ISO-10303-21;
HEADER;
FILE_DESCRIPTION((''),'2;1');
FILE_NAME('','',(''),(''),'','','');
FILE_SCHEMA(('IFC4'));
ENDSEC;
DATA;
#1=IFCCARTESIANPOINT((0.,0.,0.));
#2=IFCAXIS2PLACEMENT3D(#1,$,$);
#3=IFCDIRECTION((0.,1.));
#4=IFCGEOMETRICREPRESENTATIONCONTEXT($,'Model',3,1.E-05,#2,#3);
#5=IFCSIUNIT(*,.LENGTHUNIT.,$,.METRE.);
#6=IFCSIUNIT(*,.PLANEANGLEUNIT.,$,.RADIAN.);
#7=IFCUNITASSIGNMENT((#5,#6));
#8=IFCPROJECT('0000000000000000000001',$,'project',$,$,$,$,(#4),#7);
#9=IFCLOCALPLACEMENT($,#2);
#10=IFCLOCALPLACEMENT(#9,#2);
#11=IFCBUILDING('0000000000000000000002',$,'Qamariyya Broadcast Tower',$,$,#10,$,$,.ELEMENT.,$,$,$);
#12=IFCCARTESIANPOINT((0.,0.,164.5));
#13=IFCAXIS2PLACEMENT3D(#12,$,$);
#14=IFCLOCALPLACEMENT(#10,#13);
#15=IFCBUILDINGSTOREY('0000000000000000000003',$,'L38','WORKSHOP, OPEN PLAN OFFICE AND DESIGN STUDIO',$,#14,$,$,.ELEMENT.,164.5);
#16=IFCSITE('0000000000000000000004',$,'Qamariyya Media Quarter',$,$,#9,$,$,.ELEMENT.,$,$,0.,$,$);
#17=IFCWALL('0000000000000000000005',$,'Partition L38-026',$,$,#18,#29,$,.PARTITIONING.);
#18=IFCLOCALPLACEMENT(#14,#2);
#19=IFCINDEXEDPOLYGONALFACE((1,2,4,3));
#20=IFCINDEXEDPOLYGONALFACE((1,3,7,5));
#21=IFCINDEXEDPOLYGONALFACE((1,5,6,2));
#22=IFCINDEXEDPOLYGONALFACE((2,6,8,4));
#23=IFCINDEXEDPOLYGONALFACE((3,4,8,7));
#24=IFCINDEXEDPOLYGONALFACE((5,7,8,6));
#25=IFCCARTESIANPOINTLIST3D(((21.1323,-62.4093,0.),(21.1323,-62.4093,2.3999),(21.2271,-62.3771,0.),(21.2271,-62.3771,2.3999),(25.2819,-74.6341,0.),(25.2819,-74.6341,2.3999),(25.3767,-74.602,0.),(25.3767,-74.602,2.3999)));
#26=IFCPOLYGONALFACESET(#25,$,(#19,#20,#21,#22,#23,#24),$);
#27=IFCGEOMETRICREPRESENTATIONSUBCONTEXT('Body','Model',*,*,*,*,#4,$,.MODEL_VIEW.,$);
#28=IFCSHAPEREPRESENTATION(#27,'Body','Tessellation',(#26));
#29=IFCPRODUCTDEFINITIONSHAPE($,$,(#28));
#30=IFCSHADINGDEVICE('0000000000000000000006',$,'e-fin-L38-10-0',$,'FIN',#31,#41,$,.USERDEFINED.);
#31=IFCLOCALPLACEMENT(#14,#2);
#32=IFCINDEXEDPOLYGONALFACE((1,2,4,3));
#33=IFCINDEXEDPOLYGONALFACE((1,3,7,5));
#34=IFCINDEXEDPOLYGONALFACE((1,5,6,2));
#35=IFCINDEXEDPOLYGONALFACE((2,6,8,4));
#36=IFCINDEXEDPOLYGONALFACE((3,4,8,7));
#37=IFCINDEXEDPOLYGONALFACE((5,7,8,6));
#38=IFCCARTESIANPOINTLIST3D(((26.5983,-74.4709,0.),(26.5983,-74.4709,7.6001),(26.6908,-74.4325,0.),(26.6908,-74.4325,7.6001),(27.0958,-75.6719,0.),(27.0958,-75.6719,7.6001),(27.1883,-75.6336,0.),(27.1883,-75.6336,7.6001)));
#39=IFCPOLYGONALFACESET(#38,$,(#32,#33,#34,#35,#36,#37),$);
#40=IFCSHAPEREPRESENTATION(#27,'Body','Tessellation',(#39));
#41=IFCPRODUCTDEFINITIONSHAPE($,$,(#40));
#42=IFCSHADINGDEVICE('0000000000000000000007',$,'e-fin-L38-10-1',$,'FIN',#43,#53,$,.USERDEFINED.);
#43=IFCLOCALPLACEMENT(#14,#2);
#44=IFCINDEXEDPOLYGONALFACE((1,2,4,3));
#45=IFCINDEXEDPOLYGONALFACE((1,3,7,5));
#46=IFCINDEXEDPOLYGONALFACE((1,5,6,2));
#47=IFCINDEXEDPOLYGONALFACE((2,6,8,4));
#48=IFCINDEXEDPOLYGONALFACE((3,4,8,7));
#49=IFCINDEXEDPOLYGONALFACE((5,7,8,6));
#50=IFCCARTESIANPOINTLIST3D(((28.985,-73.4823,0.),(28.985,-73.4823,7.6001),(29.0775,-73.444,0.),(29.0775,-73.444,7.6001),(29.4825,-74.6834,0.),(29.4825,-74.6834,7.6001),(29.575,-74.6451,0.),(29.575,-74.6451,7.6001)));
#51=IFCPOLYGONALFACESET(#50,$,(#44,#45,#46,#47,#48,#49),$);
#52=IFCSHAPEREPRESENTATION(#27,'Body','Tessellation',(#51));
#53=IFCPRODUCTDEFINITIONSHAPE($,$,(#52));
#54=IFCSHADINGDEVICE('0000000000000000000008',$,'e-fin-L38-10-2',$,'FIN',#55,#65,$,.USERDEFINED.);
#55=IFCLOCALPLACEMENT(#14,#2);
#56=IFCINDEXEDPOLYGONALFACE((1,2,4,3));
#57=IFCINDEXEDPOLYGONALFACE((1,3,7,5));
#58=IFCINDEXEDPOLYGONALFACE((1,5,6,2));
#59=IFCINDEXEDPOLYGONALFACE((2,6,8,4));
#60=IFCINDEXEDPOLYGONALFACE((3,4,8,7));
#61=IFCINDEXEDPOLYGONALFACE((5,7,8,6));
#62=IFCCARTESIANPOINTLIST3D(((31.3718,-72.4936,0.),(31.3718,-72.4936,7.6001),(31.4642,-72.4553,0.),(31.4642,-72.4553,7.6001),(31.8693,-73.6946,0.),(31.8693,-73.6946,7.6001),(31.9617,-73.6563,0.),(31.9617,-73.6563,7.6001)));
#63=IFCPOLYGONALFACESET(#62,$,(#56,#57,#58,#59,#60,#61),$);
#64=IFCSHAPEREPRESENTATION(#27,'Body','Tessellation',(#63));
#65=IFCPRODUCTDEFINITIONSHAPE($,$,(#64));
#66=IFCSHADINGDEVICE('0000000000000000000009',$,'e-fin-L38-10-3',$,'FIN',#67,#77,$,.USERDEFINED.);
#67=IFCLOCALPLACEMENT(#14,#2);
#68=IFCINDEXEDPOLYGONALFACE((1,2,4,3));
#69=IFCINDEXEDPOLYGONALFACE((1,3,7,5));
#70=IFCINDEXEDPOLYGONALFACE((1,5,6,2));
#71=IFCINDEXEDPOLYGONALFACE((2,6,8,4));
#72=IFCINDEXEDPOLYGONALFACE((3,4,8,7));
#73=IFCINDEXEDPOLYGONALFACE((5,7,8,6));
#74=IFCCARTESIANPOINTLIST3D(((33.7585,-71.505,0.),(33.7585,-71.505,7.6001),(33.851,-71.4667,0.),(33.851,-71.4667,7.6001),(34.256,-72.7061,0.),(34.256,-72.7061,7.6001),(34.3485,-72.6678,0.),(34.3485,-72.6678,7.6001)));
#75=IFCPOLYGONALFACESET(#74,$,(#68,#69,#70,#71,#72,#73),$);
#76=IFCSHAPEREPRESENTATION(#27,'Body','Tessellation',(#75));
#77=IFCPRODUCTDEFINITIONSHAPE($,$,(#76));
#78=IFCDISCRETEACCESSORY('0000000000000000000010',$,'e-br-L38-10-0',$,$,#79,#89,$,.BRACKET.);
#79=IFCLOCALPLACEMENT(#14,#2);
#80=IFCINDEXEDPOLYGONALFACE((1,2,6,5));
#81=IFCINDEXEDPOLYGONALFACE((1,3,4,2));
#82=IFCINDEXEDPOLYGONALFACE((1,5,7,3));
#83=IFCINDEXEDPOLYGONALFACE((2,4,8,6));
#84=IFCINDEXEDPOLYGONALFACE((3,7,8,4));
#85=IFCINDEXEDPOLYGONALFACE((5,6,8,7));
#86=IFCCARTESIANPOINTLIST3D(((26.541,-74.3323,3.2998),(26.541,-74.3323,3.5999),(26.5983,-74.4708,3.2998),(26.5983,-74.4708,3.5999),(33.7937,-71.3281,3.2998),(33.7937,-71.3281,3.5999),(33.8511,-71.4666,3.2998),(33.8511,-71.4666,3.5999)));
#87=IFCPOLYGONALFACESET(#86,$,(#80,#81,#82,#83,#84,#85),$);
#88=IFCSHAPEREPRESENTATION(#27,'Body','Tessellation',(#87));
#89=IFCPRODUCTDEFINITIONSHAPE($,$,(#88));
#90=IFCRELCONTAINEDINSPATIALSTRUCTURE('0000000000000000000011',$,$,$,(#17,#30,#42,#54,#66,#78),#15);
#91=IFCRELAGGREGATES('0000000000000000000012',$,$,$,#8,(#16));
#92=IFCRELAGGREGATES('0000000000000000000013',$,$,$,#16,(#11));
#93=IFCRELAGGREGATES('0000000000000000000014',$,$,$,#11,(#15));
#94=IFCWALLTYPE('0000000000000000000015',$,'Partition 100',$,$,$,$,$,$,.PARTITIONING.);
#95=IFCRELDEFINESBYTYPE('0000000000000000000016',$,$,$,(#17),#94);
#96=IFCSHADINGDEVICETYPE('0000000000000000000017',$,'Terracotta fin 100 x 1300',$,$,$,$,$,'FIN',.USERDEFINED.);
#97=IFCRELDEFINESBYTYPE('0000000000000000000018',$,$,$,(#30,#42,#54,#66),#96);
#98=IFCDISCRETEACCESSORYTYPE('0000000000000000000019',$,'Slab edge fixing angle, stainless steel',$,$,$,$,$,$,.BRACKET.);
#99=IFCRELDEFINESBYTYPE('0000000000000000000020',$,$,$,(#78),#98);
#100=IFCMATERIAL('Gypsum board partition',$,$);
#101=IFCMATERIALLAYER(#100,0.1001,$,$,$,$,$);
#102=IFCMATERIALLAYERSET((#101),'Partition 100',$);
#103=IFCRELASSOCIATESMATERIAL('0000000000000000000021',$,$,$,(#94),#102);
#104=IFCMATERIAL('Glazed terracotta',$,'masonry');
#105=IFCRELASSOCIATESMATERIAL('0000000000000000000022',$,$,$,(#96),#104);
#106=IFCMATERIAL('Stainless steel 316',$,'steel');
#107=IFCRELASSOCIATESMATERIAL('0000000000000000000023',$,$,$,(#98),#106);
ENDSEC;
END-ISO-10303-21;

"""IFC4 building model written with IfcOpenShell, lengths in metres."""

from ifc_helpers import new_model, si_unit, direction, frame, frame_2d, origin, origin_2d, place, context, subcontext, project, spatial, rectangle, extrude, material, layer, layer_set, material_profile, profile_set, type_object, element, save


model = new_model("IFC4")

# Units and contexts
model_context = context("Model", 3, precision=1e-05, world=origin(), true_north=direction((0.0, 1.0)))
body_context = subcontext(model_context, "Body", "Model", "MODEL_VIEW")
ifc_project = project(units=[si_unit("LENGTHUNIT", "METRE"), si_unit("PLANEANGLEUNIT", "RADIAN")], contexts=[model_context])

# Site, building, storey
site_placement = place(None, origin())
site = spatial("IfcSite", under=ifc_project, at=site_placement, Name="Qamariyya Media Quarter", CompositionType="ELEMENT", RefElevation=0.0)
building_placement = place(site_placement, origin())
building = spatial("IfcBuilding", under=site, at=building_placement, Name="Qamariyya Broadcast Tower", CompositionType="ELEMENT")
storey_placement = place(building_placement, frame((0.0, 0.0, 164.5)))
storey = spatial("IfcBuildingStorey", under=building, at=storey_placement, Name="L38", Description="WORKSHOP, OPEN PLAN OFFICE AND DESIGN STUDIO", CompositionType="ELEMENT", Elevation=164.5)

# Shared definitions
ifc_material_1 = material(Name="Gypsum board partition")

# Wall
ifc_layer_1 = layer(ifc_material_1, 0.1001)
ifc_layer_set_1 = layer_set([ifc_layer_1], Name="Partition 100")
wall_type_1 = type_object("IfcWallType", Name="Partition 100", PredefinedType="PARTITIONING", material=ifc_layer_set_1)
wall_1_placement = place(storey_placement, frame((25.3293, -74.6182, 0.0), z_axis=(0.0, 0.0, 1.0), x_axis=(-0.321431, 0.946933, 0.0)))
element("IfcWall", 1, at=wall_1_placement, inside=storey, type_object=wall_type_1, Name="Partition L38-026", PredefinedType="PARTITIONING", context=body_context, shape_type="SweptSolid", body=[
    extrude(rectangle(XDim=12.9099, YDim=0.1001, at=frame_2d((6.4551, 0.0))), origin(), (0.0, 0.0, 1.0), 2.3999),
])

# Shading devices
ifc_material_2 = material(Name="Glazed terracotta", Category="masonry")
ifc_material_profile_1 = material_profile(ifc_material_2, rectangle(XDim=1.3, YDim=0.1001, at=origin_2d()))
ifc_profile_set_1 = profile_set([ifc_material_profile_1], Name="Glazed terracotta")
shading_device_type_1 = type_object("IfcShadingDeviceType", Name="Terracotta fin 100 x 1300", ElementType="FIN", PredefinedType="USERDEFINED", material=ifc_profile_set_1)
for number, where, z_axis, x_axis, name in (
    (2, (26.8933, -75.0522, 0.0), (0.0, 0.0, 1.0), (0.382683, -0.92388, 0.0), "e-fin-L38-10-0"),
    (3, (29.28, -74.0637, 0.0), (0.0, 0.0, 1.0), (0.382683, -0.92388, 0.0), "e-fin-L38-10-1"),
    (4, (31.6667, -73.075, 0.0), (0.0, 0.0, 1.0), (0.382683, -0.92388, 0.0), "e-fin-L38-10-2"),
    (5, (34.0535, -72.0864, 0.0), (0.0, 0.0, 1.0), (0.382683, -0.92388, 0.0), "e-fin-L38-10-3"),
):
    element("IfcShadingDevice", number, at=place(storey_placement, frame(where, z_axis=z_axis, x_axis=x_axis)), inside=storey, type_object=shading_device_type_1, Name=name, ObjectType="FIN", PredefinedType="USERDEFINED", context=body_context, shape_type="SweptSolid", body=[
        extrude(rectangle(XDim=1.3, YDim=0.1001, at=origin_2d()), origin(), (0.0, 0.0, 1.0), 7.6001),
    ])

# Discrete accessory
ifc_material_3 = material(Name="Stainless steel 316", Category="steel")
discrete_accessory_type = type_object("IfcDiscreteAccessoryType", Name="Slab edge fixing angle, stainless steel", PredefinedType="BRACKET", material=ifc_material_3)
discrete_accessory_placement = place(storey_placement, frame((30.196, -72.8994, 3.2998), z_axis=(0.0, 0.0, 1.0), x_axis=(0.92388, 0.382683, 0.0)))
element("IfcDiscreteAccessory", 6, at=discrete_accessory_placement, inside=storey, type_object=discrete_accessory_type, Name="e-br-L38-10-0", PredefinedType="BRACKET", context=body_context, shape_type="SweptSolid", body=[
    extrude(rectangle(XDim=7.8503, YDim=0.1499, at=origin_2d()), origin(), (0.0, 0.0, 1.0), 0.3),
])

save(model, "model.ifc")
